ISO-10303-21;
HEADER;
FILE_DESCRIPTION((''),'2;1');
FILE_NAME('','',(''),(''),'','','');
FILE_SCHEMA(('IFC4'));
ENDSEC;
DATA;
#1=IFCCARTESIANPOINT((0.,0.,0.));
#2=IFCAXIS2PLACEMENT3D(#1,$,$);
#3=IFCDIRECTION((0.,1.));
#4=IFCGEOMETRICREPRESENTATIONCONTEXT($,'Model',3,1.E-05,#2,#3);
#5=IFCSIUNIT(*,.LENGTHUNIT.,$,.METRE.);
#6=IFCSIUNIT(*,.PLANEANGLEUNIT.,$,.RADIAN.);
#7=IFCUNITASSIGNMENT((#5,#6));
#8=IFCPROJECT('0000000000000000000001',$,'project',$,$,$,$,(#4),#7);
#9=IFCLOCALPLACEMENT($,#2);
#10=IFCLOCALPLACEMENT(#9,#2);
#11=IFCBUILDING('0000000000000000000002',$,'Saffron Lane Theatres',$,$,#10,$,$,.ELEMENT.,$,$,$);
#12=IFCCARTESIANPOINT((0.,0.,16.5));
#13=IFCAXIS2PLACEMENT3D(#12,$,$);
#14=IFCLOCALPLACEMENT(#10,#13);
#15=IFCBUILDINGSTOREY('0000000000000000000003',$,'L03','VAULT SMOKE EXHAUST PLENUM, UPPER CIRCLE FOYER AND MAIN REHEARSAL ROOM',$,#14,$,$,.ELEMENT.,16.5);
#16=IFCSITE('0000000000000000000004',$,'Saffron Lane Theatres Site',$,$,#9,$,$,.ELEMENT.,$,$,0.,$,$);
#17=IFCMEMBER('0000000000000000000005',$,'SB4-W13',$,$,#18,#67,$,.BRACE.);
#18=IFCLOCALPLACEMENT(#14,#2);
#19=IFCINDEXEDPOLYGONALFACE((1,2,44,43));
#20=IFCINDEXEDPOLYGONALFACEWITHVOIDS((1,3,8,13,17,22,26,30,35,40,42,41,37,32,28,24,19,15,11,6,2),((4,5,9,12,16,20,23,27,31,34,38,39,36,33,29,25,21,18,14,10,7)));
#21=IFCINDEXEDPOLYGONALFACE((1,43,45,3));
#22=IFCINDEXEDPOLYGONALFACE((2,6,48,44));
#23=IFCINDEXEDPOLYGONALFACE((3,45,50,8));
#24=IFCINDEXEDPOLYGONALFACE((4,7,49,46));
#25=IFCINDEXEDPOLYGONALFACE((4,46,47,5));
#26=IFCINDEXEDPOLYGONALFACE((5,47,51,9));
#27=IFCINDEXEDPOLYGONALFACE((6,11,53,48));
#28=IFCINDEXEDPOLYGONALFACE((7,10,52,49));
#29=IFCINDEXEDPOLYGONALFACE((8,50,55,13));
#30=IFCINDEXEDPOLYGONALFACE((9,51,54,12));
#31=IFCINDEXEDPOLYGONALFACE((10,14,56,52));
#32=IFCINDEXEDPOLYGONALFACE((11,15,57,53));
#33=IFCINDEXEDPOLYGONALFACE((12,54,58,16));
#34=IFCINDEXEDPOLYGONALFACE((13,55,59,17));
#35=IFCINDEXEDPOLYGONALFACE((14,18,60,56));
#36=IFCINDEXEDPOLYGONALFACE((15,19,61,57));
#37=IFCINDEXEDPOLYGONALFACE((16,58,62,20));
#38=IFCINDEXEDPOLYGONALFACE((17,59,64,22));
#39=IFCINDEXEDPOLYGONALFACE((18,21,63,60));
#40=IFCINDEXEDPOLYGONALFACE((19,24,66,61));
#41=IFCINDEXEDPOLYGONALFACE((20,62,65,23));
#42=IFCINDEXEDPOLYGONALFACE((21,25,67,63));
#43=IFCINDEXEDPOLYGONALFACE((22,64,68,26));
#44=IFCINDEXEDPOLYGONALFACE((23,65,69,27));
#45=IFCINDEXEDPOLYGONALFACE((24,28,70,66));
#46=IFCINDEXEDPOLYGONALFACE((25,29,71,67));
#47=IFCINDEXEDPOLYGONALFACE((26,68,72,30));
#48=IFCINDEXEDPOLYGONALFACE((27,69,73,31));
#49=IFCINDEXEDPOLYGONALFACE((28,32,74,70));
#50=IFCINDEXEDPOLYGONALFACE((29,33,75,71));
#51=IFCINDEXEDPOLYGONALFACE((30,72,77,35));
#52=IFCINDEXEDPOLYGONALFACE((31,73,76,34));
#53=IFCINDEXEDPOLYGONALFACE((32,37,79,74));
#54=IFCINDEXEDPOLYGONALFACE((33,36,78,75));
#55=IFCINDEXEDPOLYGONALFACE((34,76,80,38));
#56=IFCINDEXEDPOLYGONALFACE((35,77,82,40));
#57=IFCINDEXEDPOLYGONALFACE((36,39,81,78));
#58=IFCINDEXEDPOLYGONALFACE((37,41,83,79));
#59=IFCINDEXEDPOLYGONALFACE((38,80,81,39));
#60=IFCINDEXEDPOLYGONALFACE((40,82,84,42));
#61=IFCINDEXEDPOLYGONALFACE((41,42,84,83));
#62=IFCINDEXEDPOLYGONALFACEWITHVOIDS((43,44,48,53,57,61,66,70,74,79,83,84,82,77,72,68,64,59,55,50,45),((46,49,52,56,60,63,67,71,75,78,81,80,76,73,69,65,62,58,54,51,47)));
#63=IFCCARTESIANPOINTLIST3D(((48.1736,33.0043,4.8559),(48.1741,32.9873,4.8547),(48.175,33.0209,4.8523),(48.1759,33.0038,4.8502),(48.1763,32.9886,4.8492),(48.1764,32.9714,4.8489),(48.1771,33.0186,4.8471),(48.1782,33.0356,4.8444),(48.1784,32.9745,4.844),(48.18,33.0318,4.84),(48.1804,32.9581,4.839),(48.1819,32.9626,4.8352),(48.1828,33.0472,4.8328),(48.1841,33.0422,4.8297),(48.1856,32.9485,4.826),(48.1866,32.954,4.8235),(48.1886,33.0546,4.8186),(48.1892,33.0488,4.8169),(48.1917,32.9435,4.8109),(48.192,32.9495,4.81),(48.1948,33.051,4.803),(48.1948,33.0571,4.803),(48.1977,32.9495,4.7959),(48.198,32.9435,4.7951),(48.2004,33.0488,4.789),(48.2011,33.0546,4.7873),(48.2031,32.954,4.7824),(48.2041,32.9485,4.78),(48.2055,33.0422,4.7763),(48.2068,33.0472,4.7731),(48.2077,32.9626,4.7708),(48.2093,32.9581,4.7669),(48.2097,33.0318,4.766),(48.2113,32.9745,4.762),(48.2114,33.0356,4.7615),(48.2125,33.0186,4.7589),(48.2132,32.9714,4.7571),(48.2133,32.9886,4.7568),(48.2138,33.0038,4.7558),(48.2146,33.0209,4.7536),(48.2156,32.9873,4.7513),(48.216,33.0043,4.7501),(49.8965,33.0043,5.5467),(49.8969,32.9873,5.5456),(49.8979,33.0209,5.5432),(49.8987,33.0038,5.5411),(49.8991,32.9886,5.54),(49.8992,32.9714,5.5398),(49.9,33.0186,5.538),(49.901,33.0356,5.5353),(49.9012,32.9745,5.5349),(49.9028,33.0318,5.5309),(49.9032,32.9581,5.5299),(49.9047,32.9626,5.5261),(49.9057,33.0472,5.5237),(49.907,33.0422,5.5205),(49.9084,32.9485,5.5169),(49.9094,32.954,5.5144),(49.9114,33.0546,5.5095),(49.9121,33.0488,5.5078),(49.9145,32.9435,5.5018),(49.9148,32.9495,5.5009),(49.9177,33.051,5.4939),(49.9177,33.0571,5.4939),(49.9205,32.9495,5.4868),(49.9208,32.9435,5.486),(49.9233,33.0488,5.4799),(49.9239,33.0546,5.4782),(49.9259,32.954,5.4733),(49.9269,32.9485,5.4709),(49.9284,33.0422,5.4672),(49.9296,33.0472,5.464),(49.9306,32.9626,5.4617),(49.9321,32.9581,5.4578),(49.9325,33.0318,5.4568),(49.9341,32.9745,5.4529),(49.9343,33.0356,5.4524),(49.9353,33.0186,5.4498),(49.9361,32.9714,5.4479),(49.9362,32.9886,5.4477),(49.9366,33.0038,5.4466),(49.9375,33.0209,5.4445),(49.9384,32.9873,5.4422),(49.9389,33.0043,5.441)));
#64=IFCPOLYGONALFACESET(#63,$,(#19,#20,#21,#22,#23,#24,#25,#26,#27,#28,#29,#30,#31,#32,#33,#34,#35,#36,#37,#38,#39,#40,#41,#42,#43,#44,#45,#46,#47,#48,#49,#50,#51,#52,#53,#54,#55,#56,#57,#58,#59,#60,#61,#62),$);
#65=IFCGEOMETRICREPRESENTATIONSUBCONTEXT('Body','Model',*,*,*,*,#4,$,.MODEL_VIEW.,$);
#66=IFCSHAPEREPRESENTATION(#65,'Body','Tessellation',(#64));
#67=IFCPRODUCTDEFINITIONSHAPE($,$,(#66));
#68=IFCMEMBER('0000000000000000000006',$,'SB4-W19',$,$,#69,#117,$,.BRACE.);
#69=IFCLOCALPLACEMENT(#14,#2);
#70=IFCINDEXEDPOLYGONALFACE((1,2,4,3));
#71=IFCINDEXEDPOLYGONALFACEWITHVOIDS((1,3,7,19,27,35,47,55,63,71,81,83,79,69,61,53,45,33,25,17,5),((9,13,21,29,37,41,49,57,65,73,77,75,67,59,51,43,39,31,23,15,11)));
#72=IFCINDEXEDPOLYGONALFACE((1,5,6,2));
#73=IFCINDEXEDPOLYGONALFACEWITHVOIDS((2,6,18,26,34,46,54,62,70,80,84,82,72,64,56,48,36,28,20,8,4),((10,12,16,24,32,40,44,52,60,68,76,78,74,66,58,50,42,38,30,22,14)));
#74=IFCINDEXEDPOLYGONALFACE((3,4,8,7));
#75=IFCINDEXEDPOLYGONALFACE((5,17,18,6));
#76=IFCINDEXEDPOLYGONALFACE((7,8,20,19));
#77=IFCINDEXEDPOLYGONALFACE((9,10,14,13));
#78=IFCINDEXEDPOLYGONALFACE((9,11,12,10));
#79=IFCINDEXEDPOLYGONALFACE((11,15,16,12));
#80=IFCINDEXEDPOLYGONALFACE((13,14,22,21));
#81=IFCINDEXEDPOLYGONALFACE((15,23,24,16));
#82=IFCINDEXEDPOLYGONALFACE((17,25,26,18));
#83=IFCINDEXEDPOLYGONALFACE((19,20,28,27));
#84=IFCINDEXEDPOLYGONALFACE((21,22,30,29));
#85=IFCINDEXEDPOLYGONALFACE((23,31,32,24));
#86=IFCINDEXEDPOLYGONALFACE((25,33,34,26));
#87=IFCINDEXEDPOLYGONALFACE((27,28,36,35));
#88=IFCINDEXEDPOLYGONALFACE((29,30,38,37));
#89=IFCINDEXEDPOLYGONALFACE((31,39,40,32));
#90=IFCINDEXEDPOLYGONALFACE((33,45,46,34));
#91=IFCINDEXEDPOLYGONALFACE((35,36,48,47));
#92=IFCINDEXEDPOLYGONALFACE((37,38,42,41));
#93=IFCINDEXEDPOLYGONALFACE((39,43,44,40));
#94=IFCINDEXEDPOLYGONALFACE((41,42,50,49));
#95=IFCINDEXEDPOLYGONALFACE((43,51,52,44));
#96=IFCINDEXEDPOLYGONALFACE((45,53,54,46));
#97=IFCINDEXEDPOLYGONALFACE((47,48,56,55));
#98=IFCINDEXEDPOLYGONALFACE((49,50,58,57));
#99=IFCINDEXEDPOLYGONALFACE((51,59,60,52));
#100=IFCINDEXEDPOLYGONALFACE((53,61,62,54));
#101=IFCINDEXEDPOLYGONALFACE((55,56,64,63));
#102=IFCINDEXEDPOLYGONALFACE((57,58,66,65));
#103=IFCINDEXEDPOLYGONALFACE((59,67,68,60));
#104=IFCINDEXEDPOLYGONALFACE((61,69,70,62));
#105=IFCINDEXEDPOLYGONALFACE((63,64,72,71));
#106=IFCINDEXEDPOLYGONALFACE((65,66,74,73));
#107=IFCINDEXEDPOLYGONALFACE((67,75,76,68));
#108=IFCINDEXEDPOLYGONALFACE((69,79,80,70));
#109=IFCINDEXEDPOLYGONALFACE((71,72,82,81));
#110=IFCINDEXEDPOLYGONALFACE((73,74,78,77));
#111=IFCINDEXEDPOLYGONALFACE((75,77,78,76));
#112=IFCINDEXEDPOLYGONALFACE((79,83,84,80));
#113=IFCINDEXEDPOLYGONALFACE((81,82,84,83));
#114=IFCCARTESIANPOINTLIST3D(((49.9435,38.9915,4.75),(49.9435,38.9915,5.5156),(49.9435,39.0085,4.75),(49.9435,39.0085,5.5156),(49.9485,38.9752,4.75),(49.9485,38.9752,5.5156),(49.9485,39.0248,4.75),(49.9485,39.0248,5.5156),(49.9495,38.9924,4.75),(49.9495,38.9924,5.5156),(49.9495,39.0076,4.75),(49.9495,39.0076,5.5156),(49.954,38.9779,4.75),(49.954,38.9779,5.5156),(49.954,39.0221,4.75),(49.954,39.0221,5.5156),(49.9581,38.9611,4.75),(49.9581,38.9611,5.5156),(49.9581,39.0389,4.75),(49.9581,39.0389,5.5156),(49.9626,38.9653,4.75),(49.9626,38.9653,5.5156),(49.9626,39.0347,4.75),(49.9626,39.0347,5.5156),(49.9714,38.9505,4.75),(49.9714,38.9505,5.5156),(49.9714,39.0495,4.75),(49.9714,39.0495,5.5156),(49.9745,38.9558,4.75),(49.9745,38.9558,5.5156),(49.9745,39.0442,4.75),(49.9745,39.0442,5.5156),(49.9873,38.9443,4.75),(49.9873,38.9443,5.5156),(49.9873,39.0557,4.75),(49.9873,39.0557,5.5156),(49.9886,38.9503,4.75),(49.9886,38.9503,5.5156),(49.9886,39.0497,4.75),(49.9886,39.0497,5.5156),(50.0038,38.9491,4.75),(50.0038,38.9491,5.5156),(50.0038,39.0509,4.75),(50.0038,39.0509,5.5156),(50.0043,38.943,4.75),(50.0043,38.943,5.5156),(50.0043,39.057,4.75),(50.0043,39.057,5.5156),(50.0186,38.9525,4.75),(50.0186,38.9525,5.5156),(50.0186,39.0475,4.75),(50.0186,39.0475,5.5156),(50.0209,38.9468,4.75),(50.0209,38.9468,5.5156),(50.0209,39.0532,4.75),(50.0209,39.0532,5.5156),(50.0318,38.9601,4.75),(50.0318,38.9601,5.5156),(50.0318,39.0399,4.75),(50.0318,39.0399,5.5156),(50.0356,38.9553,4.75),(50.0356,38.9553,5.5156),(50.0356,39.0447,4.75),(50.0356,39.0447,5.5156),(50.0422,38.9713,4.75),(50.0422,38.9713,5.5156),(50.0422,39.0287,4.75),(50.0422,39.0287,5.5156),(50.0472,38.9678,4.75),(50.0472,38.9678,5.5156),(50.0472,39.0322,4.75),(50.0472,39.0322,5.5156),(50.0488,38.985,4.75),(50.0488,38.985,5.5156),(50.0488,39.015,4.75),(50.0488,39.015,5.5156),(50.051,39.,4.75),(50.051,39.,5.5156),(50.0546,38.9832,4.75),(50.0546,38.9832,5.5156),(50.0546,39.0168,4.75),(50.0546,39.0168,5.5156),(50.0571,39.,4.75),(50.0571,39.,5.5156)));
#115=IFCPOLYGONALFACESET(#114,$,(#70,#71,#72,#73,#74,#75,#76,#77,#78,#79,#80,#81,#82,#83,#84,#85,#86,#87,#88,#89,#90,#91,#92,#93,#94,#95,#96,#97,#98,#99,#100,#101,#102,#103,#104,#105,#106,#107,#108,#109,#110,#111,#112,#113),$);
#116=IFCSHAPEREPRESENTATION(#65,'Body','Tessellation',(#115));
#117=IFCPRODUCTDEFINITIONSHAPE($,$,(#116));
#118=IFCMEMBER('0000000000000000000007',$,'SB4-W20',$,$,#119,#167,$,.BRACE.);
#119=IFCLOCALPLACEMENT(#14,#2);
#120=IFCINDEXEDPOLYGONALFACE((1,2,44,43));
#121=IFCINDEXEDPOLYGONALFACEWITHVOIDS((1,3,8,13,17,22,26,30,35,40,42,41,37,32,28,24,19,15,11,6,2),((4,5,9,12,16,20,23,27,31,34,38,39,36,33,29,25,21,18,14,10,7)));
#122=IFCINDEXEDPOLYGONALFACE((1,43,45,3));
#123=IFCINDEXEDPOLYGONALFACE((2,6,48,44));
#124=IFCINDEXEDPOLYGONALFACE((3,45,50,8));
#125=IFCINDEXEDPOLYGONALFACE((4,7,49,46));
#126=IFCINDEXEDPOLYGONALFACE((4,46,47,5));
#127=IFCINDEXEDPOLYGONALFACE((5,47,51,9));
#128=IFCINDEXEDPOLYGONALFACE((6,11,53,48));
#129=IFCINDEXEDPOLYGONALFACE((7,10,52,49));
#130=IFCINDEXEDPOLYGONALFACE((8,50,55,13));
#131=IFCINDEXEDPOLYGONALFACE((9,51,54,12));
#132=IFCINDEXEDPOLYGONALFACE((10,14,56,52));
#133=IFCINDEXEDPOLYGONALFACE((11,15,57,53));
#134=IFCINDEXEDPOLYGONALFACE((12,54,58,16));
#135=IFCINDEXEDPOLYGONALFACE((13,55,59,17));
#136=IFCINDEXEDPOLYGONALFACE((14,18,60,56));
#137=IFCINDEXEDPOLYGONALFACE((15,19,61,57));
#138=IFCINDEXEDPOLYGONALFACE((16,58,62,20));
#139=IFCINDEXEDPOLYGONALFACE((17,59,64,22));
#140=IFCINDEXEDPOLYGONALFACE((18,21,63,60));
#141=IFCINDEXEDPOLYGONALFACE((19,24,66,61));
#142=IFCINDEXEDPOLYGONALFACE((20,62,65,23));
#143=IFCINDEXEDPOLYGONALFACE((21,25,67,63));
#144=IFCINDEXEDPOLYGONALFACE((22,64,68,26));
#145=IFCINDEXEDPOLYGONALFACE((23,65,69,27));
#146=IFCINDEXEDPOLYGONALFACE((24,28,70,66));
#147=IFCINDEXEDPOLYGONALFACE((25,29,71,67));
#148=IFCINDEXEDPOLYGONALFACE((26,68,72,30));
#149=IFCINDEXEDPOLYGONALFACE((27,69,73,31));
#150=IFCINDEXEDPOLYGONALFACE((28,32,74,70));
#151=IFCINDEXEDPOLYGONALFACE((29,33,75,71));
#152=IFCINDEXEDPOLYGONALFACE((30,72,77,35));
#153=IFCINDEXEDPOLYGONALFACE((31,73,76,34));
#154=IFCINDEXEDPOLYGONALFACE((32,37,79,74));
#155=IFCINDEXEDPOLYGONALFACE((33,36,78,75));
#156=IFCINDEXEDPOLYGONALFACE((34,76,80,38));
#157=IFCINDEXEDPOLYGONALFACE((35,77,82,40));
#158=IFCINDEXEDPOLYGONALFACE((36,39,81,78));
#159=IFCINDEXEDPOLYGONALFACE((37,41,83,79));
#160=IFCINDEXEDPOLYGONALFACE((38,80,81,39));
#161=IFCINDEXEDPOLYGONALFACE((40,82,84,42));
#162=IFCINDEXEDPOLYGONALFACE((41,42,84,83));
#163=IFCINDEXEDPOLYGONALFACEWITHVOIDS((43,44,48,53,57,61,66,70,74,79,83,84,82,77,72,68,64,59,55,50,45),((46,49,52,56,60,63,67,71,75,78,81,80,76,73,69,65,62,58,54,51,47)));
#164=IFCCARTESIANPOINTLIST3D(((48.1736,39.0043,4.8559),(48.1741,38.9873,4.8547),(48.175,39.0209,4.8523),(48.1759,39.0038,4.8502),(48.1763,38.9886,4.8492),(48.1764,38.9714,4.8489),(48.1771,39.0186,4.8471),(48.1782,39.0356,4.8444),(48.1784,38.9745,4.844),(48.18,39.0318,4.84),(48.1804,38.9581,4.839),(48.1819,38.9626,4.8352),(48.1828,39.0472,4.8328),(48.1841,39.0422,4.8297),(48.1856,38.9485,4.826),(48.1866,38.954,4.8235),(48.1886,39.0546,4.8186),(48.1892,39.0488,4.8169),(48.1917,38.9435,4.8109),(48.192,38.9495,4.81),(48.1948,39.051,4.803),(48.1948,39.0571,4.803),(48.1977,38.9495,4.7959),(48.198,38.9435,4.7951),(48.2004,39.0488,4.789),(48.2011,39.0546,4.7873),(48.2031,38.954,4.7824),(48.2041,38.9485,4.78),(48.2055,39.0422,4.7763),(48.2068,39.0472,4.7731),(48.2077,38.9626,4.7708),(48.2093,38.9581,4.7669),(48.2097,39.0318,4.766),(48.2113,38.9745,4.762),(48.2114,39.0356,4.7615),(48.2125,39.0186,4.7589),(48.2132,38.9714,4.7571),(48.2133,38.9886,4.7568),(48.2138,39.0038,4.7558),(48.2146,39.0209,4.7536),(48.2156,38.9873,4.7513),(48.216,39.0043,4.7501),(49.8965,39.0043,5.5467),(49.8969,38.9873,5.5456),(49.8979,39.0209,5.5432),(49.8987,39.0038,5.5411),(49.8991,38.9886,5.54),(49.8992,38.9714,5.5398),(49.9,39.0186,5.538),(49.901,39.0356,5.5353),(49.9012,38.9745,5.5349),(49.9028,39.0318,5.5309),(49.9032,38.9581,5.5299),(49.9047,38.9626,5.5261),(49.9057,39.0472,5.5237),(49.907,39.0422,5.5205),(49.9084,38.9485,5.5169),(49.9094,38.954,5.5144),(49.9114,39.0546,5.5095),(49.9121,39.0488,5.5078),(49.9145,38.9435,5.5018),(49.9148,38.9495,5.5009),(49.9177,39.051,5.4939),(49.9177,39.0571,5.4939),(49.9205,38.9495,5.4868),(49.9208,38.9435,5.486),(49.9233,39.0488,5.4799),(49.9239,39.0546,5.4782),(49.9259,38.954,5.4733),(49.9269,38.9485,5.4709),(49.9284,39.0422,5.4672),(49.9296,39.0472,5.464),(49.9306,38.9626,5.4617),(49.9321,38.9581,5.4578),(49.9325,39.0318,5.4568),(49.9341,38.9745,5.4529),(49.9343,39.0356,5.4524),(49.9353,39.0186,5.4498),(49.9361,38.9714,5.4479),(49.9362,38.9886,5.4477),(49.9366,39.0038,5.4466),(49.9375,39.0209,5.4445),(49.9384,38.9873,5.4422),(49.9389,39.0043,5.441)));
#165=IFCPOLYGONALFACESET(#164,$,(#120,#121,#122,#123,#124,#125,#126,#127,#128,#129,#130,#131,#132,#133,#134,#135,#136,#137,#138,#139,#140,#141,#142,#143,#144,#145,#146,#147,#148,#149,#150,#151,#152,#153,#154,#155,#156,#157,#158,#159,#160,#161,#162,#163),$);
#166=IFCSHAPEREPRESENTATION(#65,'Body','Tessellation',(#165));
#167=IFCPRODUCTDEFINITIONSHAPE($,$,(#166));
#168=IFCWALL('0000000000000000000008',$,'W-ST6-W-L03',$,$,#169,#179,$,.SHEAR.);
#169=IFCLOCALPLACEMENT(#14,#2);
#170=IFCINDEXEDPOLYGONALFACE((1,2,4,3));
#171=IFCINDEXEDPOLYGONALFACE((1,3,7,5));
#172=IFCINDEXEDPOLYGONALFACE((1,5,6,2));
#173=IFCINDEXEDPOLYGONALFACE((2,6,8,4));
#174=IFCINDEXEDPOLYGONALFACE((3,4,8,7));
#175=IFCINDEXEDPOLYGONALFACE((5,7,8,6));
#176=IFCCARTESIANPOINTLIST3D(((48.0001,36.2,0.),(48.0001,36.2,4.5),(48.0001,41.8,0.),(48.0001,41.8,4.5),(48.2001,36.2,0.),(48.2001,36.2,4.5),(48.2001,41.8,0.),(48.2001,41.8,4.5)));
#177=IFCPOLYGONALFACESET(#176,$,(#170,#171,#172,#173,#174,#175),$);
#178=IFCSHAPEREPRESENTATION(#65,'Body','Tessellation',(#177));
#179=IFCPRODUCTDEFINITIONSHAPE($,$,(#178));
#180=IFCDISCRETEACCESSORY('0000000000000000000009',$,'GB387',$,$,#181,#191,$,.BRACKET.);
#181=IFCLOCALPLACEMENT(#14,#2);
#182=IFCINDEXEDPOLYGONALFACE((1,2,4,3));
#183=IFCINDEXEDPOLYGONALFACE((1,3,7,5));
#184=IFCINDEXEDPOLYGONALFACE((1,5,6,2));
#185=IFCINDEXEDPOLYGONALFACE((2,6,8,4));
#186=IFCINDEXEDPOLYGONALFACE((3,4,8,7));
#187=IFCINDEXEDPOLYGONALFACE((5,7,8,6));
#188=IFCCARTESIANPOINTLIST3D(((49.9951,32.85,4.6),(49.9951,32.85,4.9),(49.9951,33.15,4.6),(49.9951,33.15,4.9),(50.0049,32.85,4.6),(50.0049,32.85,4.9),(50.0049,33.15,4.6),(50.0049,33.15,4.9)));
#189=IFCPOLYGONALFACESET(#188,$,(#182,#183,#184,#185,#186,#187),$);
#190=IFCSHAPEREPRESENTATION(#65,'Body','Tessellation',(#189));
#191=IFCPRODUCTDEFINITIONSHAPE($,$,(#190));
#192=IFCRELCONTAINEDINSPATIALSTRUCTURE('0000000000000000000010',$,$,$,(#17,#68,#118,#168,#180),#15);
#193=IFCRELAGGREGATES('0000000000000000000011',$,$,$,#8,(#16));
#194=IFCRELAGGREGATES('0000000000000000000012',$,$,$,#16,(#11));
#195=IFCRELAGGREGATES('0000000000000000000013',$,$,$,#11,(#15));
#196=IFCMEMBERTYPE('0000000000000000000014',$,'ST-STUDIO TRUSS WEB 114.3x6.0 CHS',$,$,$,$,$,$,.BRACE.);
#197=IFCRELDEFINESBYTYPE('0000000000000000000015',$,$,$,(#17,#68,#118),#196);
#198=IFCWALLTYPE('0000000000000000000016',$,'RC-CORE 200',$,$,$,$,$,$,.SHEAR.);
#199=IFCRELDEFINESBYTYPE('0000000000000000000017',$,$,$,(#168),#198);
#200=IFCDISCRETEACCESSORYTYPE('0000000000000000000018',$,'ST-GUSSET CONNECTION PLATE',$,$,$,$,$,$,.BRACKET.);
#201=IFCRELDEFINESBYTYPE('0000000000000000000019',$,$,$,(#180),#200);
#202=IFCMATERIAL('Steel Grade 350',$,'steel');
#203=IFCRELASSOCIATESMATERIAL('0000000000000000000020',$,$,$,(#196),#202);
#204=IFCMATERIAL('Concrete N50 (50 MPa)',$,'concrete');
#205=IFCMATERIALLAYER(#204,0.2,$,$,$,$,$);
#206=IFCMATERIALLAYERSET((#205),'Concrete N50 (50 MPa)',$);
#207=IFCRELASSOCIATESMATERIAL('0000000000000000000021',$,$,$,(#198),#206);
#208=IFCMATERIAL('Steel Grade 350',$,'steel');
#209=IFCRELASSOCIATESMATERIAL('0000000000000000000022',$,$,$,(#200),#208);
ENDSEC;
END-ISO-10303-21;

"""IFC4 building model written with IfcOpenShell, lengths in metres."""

from ifc_helpers import new_model, si_unit, direction, frame, frame_2d, origin, origin_2d, place, context, subcontext, project, spatial, rectangle, hollow_circle, extrude, material, layer, layer_set, material_profile, profile_set, type_object, element, save


model = new_model("IFC4")

# Units and contexts
model_context = context("Model", 3, precision=1e-05, world=origin(), true_north=direction((0.0, 1.0)))
body_context = subcontext(model_context, "Body", "Model", "MODEL_VIEW")
ifc_project = project(units=[si_unit("LENGTHUNIT", "METRE"), si_unit("PLANEANGLEUNIT", "RADIAN")], contexts=[model_context])

# Site, building, storey
site_placement = place(None, origin())
site = spatial("IfcSite", under=ifc_project, at=site_placement, Name="Saffron Lane Theatres Site", CompositionType="ELEMENT", RefElevation=0.0)
building_placement = place(site_placement, origin())
building = spatial("IfcBuilding", under=site, at=building_placement, Name="Saffron Lane Theatres", CompositionType="ELEMENT")
storey_placement = place(building_placement, frame((0.0, 0.0, 16.5)))
storey = spatial("IfcBuildingStorey", under=building, at=storey_placement, Name="L03", Description="VAULT SMOKE EXHAUST PLENUM, UPPER CIRCLE FOYER AND MAIN REHEARSAL ROOM", CompositionType="ELEMENT", Elevation=16.5)

# Members
ifc_material_1 = material(Name="Steel Grade 350", Category="steel")
ifc_material_profile_1 = material_profile(ifc_material_1, hollow_circle(Radius=0.0571, WallThickness=0.0061, at=origin_2d()))
ifc_profile_set_1 = profile_set([ifc_material_profile_1], Name="Steel Grade 350")
member_type_1 = type_object("IfcMemberType", Name="ST-STUDIO TRUSS WEB 114.3x6.0 CHS", PredefinedType="BRACE", material=ifc_profile_set_1)
member_1_placement = place(storey_placement, frame((48.1948, 33.0, 4.803), z_axis=(0.92815, 0.0, 0.372207), x_axis=(0.0, 1.0, 0.0)))
element("IfcMember", 1, at=member_1_placement, inside=storey, type_object=member_type_1, Name="SB4-W13", PredefinedType="BRACE", context=body_context, shape_type="SweptSolid", body=[
    extrude(hollow_circle(Radius=0.0571, WallThickness=0.0061, at=origin_2d()), origin(), (0.0, 0.0, 1.0), 1.8562),
])
member_2_placement = place(storey_placement, frame((50.0, 39.0, 4.75), z_axis=(0.0, 0.0, 1.0), x_axis=(1.0, 0.0, 0.0)))
element("IfcMember", 2, at=member_2_placement, inside=storey, type_object=member_type_1, Name="SB4-W19", PredefinedType="BRACE", context=body_context, shape_type="SweptSolid", body=[
    extrude(hollow_circle(Radius=0.0571, WallThickness=0.0061, at=origin_2d()), origin(), (0.0, 0.0, 1.0), 0.7656),
])
member_3_placement = place(storey_placement, frame((48.1948, 39.0, 4.803), z_axis=(0.92815, 0.0, 0.372207), x_axis=(0.0, 1.0, 0.0)))
element("IfcMember", 3, at=member_3_placement, inside=storey, type_object=member_type_1, Name="SB4-W20", PredefinedType="BRACE", context=body_context, shape_type="SweptSolid", body=[
    extrude(hollow_circle(Radius=0.0571, WallThickness=0.0061, at=origin_2d()), origin(), (0.0, 0.0, 1.0), 1.8562),
])

# Wall
ifc_material_2 = material(Name="Concrete N50 (50 MPa)", Category="concrete")
ifc_layer = layer(ifc_material_2, 0.2)
ifc_layer_set = layer_set([ifc_layer], Name="Concrete N50 (50 MPa)")
wall_type = type_object("IfcWallType", Name="RC-CORE 200", PredefinedType="SHEAR", material=ifc_layer_set)
wall_placement = place(storey_placement, frame((48.1001, 36.2, 0.0), z_axis=(0.0, 0.0, 1.0), x_axis=(0.0, 1.0, 0.0)))
element("IfcWall", 4, at=wall_placement, inside=storey, type_object=wall_type, Name="W-ST6-W-L03", PredefinedType="SHEAR", context=body_context, shape_type="SweptSolid", body=[
    extrude(rectangle(XDim=5.6001, YDim=0.2, at=frame_2d((2.8, 0.0))), origin(), (0.0, 0.0, 1.0), 4.5),
])

# Discrete accessory
ifc_material_3 = material(Name="Steel Grade 350", Category="steel")
ifc_material_profile_2 = material_profile(ifc_material_3, rectangle(XDim=0.3, YDim=0.3, at=origin_2d()))
ifc_profile_set_2 = profile_set([ifc_material_profile_2], Name="Steel Grade 350")
discrete_accessory_type_1 = type_object("IfcDiscreteAccessoryType", Name="ST-GUSSET CONNECTION PLATE", PredefinedType="BRACKET", material=ifc_profile_set_2)
for number, where, z_axis, x_axis, name in (
    (5, (49.9951, 33.0, 4.75), (1.0, 0.0, 0.0), (0.0, 1.0, 0.0), "GB387"),
):
    element("IfcDiscreteAccessory", number, at=place(storey_placement, frame(where, z_axis=z_axis, x_axis=x_axis)), inside=storey, type_object=discrete_accessory_type_1, Name=name, PredefinedType="BRACKET", context=body_context, shape_type="SweptSolid", body=[
        extrude(rectangle(XDim=0.3, YDim=0.3, at=origin_2d()), origin(), (0.0, 0.0, 1.0), 0.0098),
    ])

save(model, "model.ifc")
